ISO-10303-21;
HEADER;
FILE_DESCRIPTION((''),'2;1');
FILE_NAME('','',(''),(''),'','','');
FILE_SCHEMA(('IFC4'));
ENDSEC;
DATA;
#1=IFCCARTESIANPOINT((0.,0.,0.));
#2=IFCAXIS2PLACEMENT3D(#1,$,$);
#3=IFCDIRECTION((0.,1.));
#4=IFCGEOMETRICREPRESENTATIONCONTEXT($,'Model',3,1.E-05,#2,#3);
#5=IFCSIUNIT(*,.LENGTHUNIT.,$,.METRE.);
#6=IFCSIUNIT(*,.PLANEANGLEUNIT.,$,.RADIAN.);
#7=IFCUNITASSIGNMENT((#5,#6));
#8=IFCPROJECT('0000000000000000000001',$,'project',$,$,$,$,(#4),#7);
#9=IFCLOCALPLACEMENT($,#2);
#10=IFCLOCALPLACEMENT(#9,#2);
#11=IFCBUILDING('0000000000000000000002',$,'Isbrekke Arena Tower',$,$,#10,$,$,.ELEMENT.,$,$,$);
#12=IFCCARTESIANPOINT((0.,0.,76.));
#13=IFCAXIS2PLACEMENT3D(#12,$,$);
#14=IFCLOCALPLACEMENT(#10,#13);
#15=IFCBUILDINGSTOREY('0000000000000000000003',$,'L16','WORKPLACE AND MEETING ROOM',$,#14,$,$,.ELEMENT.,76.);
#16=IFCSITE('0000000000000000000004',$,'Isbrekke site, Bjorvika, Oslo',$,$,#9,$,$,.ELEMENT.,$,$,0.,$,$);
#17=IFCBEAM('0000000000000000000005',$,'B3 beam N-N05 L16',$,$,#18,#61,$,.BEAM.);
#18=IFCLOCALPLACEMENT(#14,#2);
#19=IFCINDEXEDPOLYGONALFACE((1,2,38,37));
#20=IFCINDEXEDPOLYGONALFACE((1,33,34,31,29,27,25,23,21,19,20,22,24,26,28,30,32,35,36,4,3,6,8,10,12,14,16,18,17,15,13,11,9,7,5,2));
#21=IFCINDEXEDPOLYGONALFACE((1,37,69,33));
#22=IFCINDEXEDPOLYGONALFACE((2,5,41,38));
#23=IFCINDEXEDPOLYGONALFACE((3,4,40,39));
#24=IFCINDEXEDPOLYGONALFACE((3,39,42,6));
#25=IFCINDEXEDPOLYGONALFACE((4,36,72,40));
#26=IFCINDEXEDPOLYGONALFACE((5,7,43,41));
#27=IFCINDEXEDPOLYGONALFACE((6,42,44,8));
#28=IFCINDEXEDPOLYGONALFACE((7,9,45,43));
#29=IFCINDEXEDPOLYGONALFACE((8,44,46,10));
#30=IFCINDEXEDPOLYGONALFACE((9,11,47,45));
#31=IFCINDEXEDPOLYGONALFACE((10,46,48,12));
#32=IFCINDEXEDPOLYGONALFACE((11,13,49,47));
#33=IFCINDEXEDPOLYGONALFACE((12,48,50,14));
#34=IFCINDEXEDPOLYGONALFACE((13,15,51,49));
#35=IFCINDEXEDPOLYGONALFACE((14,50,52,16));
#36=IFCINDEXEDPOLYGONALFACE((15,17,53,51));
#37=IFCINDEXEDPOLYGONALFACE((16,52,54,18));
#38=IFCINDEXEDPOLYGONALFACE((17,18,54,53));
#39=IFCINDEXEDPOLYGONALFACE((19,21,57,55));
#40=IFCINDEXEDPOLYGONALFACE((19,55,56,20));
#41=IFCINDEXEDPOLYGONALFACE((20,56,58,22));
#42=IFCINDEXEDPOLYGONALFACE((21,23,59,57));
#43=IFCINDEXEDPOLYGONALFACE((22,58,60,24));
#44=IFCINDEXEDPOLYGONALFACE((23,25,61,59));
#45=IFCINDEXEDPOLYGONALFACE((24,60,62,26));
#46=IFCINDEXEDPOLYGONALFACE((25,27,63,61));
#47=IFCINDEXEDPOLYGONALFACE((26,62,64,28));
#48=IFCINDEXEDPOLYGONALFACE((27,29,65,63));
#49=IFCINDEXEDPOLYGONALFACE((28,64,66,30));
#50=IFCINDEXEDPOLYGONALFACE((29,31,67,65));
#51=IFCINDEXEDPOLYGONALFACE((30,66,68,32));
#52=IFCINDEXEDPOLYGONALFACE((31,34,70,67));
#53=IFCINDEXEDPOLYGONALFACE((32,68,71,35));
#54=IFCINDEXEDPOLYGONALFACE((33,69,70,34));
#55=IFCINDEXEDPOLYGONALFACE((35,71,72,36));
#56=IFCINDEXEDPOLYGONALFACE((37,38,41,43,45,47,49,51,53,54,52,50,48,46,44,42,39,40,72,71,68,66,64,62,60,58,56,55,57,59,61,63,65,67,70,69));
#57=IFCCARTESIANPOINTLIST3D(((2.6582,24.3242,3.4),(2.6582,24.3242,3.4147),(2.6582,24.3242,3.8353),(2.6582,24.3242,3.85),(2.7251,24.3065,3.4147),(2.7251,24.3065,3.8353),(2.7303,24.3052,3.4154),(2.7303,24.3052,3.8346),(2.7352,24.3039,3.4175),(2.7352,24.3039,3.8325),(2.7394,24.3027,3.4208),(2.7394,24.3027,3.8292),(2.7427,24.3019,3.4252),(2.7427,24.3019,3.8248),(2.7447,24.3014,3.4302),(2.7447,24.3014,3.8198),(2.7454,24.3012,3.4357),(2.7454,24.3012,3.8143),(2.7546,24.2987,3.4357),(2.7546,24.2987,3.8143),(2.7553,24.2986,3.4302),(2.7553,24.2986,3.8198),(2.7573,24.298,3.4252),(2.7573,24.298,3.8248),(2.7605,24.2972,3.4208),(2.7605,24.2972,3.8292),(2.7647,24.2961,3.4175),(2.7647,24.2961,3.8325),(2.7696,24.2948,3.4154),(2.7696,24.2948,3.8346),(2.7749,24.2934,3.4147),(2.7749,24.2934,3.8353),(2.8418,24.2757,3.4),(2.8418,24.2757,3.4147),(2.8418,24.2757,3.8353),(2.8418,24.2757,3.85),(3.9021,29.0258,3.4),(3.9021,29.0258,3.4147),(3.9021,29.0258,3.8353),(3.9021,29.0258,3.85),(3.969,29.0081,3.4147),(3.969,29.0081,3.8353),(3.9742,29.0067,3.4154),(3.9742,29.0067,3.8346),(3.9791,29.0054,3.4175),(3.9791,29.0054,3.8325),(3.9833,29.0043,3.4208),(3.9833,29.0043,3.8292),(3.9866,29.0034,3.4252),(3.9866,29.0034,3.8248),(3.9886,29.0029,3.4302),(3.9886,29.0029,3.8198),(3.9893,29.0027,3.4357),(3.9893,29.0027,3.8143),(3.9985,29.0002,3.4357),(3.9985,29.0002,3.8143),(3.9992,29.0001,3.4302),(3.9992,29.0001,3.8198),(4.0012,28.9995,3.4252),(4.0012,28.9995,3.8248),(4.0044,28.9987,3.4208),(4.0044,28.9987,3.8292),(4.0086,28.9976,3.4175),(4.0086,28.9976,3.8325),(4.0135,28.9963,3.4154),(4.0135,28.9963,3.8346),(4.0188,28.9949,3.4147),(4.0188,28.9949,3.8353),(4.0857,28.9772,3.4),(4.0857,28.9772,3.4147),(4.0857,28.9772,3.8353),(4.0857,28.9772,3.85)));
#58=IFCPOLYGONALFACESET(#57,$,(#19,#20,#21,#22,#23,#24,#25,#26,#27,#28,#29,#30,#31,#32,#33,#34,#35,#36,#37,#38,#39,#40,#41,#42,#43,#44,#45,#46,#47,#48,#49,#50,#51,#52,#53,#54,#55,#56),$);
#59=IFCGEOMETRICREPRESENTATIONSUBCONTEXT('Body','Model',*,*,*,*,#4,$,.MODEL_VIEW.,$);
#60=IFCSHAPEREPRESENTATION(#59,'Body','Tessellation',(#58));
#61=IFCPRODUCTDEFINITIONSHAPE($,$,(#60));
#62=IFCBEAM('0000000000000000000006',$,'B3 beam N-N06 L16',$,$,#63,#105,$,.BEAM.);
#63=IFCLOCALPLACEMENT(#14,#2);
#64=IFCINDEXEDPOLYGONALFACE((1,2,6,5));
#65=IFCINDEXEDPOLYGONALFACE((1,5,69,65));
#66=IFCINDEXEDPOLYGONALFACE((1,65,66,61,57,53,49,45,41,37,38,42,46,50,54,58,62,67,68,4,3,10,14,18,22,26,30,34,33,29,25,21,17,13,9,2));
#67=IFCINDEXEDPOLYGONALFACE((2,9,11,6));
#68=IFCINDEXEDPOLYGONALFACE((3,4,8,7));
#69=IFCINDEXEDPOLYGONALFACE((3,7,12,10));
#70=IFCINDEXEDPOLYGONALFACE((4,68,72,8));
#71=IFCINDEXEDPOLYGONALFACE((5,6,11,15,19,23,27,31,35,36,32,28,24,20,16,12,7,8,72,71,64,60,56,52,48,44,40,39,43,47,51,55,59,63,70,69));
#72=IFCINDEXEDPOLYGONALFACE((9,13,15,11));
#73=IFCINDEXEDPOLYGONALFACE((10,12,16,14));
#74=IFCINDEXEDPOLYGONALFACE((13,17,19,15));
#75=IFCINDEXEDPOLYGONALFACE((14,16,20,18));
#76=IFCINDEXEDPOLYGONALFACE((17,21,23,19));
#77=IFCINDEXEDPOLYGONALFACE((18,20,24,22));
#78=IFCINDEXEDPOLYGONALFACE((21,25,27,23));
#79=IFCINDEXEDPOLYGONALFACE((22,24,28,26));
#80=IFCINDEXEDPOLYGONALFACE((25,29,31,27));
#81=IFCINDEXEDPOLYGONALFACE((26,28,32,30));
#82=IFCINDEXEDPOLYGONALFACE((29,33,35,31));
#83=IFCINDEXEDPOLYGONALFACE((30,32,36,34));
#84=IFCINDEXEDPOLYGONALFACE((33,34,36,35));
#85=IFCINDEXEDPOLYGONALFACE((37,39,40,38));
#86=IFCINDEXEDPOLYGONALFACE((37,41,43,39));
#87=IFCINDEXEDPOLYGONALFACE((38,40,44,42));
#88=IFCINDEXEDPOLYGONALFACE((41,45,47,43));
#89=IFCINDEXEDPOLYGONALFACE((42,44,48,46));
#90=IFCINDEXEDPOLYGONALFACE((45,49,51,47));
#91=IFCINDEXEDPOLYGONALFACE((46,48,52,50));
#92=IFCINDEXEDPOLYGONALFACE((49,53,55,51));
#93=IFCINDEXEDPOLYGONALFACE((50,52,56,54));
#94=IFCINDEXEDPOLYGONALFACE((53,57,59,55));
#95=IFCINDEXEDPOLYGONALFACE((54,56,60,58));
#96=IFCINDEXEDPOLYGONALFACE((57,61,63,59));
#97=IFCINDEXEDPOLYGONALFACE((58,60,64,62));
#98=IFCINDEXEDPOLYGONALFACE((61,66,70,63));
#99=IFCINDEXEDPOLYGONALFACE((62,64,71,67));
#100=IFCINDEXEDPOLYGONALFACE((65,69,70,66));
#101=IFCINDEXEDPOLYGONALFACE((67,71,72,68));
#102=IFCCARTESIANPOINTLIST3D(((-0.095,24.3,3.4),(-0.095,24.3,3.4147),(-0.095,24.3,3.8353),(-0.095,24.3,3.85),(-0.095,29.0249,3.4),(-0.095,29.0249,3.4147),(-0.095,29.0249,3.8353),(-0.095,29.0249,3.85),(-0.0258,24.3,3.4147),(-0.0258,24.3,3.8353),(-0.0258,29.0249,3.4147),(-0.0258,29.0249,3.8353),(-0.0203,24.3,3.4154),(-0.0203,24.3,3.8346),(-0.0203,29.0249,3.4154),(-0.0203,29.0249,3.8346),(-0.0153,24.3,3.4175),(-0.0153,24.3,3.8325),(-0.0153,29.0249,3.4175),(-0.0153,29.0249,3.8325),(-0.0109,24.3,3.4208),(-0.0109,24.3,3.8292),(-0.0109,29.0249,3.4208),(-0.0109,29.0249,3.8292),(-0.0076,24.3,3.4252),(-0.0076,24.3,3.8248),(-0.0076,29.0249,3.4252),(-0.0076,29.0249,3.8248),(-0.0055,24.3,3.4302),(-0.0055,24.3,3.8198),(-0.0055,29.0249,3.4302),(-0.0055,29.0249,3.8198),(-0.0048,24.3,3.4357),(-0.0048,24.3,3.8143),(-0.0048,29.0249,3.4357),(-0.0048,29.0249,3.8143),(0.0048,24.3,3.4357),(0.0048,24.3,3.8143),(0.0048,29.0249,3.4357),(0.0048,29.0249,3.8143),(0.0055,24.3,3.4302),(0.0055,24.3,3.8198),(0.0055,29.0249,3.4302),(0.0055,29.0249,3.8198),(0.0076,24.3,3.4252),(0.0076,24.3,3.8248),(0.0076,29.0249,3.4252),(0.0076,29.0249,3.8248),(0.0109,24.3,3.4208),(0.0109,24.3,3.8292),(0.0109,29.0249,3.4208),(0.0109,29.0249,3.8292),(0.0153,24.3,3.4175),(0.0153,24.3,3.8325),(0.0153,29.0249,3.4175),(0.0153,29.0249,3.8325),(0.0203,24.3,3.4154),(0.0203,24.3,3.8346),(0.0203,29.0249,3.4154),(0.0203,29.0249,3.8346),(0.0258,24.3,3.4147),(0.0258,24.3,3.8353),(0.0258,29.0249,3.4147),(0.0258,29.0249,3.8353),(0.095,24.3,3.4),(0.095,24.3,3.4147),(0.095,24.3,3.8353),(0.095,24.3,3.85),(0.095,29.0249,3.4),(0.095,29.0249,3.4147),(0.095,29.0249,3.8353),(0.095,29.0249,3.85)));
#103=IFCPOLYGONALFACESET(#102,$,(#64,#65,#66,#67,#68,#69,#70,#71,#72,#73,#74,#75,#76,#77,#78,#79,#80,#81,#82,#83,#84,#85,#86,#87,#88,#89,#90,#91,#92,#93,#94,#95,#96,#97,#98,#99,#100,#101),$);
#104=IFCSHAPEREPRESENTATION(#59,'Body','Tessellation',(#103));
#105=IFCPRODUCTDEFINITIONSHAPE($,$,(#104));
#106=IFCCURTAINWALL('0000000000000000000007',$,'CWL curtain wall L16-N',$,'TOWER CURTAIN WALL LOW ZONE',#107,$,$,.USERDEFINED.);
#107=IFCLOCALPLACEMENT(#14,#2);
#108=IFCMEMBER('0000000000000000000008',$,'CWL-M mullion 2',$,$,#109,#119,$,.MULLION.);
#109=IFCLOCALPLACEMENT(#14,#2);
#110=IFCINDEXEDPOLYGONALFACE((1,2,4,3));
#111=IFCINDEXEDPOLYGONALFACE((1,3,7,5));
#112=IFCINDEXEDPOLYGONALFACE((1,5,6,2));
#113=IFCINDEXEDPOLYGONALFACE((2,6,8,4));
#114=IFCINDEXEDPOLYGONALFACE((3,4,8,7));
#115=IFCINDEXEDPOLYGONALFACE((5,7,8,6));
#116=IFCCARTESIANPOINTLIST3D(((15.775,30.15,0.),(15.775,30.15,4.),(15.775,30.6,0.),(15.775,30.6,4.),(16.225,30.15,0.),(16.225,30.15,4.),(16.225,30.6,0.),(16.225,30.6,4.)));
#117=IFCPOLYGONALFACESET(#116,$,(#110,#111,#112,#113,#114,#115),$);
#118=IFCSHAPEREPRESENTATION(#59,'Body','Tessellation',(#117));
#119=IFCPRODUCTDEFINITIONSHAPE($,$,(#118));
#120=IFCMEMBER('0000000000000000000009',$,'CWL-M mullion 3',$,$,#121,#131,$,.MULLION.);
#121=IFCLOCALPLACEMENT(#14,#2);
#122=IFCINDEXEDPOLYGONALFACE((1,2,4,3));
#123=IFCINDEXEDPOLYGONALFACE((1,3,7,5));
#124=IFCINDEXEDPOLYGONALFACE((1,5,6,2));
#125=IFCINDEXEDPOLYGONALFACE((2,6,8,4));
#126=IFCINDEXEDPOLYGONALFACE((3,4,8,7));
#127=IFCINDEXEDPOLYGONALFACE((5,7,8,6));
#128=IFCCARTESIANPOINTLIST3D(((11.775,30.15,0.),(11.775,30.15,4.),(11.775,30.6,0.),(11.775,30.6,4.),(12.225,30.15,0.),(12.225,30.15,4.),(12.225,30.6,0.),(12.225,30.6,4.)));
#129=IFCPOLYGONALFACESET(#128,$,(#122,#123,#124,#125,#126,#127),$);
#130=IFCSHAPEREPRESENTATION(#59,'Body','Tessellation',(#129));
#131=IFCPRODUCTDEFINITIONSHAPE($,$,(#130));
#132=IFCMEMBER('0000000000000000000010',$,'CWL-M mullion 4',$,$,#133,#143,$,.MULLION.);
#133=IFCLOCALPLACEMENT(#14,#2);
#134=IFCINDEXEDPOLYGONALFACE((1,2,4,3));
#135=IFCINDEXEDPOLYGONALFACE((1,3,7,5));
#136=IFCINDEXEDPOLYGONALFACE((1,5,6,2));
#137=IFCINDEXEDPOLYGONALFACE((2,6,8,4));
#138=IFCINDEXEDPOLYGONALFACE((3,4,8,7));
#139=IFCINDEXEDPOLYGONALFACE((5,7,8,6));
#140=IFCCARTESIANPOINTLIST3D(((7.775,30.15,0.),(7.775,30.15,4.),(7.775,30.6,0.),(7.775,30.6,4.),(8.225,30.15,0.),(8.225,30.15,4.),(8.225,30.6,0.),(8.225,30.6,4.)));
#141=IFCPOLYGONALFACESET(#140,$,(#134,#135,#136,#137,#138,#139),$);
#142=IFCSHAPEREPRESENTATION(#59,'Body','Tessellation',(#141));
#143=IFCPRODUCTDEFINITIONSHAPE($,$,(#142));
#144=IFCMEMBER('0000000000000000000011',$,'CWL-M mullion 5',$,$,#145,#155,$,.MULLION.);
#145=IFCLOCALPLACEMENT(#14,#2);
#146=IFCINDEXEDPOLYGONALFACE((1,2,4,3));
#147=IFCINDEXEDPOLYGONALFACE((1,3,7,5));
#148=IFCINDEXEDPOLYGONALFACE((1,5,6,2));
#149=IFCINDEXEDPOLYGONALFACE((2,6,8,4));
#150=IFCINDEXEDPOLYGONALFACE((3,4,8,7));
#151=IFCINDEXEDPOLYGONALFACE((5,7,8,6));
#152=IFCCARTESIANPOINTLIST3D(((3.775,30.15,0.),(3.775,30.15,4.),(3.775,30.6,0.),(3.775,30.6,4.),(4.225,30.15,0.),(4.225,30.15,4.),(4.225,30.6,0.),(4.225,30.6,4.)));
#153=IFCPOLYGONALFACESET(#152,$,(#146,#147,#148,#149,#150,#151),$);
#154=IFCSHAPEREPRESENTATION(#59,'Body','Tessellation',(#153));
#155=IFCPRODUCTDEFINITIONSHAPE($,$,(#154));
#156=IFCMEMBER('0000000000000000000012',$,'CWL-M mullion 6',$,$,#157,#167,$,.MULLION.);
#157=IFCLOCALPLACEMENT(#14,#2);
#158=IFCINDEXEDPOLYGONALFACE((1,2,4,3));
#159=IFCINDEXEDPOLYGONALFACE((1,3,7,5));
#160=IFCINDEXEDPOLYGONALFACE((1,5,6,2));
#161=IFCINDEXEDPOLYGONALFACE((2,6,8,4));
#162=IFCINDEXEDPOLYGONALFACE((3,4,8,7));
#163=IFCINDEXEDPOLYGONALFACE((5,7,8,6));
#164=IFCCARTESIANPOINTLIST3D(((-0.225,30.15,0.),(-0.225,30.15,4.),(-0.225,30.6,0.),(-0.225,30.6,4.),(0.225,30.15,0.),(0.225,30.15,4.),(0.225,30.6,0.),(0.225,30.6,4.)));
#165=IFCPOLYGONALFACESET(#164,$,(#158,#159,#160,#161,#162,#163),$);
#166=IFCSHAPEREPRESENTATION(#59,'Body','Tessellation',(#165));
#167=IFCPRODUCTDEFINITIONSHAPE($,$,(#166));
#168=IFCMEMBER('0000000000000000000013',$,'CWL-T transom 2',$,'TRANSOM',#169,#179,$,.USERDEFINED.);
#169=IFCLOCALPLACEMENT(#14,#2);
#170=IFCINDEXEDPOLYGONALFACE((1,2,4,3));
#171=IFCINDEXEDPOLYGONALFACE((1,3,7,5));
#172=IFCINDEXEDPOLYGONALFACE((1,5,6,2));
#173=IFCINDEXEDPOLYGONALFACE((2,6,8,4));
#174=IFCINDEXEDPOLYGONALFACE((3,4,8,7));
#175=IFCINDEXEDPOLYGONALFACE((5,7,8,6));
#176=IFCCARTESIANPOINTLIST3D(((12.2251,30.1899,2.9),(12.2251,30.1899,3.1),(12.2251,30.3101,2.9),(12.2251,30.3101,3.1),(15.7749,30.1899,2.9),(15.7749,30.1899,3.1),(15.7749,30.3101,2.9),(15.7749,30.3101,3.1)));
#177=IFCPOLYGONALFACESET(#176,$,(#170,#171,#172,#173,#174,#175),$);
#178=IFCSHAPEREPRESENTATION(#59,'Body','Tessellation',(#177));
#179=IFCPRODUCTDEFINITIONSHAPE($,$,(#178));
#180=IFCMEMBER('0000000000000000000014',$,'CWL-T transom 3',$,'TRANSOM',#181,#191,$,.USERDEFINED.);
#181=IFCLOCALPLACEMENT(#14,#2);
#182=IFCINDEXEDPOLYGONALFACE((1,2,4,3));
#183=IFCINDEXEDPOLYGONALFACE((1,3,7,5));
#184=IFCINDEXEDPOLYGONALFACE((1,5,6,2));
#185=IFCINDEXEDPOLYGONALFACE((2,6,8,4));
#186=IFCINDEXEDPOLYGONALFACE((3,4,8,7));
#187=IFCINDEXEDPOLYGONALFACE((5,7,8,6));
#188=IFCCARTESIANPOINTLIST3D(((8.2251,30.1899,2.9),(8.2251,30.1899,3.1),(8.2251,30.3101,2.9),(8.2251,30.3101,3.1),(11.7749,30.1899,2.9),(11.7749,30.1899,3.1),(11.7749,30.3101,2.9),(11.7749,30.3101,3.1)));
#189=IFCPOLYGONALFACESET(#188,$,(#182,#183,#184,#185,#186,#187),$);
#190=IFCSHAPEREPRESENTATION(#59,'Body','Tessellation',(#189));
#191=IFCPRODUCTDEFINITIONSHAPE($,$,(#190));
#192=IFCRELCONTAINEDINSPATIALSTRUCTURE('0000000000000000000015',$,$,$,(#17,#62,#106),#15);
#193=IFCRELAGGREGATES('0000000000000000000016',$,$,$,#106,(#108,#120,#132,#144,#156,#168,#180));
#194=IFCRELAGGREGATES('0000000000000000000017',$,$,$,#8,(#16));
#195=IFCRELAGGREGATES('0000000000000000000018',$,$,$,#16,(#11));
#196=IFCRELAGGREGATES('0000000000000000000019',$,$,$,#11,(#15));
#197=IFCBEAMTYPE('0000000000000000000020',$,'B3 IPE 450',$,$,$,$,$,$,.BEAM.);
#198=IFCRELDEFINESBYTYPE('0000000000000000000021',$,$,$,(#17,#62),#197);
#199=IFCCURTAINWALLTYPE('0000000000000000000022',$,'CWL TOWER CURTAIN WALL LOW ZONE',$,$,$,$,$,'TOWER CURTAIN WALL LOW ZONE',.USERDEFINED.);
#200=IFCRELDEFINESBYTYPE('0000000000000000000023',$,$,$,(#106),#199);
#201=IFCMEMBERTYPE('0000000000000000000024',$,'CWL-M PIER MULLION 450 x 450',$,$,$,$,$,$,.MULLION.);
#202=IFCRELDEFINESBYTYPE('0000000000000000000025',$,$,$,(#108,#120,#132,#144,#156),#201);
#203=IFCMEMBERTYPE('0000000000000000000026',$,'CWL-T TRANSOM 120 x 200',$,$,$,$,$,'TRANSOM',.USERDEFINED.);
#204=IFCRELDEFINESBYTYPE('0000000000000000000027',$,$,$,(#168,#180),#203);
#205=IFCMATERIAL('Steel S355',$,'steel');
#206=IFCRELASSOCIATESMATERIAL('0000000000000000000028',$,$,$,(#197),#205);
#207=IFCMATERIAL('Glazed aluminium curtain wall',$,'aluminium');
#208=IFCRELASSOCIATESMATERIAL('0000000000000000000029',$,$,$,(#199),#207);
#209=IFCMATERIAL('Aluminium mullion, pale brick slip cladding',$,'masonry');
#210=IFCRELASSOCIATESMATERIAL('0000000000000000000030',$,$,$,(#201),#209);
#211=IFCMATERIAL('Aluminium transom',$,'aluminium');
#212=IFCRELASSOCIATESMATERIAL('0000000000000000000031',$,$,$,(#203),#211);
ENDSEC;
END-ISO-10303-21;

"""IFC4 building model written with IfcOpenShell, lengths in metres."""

from ifc_helpers import new_model, si_unit, direction, frame, origin, origin_2d, place, context, subcontext, project, spatial, rectangle, i_section, extrude, material, material_profile, profile_set, type_object, element, aggregate, save


model = new_model("IFC4")

# Units and contexts
model_context = context("Model", 3, precision=1e-05, world=origin(), true_north=direction((0.0, 1.0)))
body_context = subcontext(model_context, "Body", "Model", "MODEL_VIEW")
ifc_project = project(units=[si_unit("LENGTHUNIT", "METRE"), si_unit("PLANEANGLEUNIT", "RADIAN")], contexts=[model_context])

# Site, building, storey
site_placement = place(None, origin())
site = spatial("IfcSite", under=ifc_project, at=site_placement, Name="Isbrekke site, Bjorvika, Oslo", CompositionType="ELEMENT", RefElevation=0.0)
building_placement = place(site_placement, origin())
building = spatial("IfcBuilding", under=site, at=building_placement, Name="Isbrekke Arena Tower", CompositionType="ELEMENT")
storey_placement = place(building_placement, frame((0.0, 0.0, 76.0)))
storey = spatial("IfcBuildingStorey", under=building, at=storey_placement, Name="L16", Description="WORKPLACE AND MEETING ROOM", CompositionType="ELEMENT", Elevation=76.0)

# Beams
ifc_material_1 = material(Name="Steel S355", Category="steel")
ifc_material_profile_1 = material_profile(ifc_material_1, i_section(OverallWidth=0.1899, OverallDepth=0.45, WebThickness=0.0095, FlangeThickness=0.0146, FilletRadius=0.021, at=origin_2d()), Name="IPE 450")
ifc_profile_set_1 = profile_set([ifc_material_profile_1], Name="Steel S355")
beam_type_1 = type_object("IfcBeamType", Name="B3 IPE 450", PredefinedType="BEAM", material=ifc_profile_set_1)
beam_1_placement = place(storey_placement, frame((3.9939, 29.0015, 3.625), z_axis=(-0.255778, -0.966736, 0.0), x_axis=(0.966736, -0.255778, 0.0)))
element("IfcBeam", 1, at=beam_1_placement, inside=storey, type_object=beam_type_1, Name="B3 beam N-N05 L16", PredefinedType="BEAM", context=body_context, shape_type="SweptSolid", body=[
    extrude(i_section(OverallWidth=0.1899, OverallDepth=0.45, WebThickness=0.0095, FlangeThickness=0.0146, FilletRadius=0.021, at=origin_2d()), origin(), (0.0, 0.0, 1.0), 4.8633),
])
beam_2_placement = place(storey_placement, frame((0.0, 29.0249, 3.625), z_axis=(0.0, -1.0, 0.0), x_axis=(1.0, 0.0, 0.0)))
element("IfcBeam", 2, at=beam_2_placement, inside=storey, type_object=beam_type_1, Name="B3 beam N-N06 L16", PredefinedType="BEAM", context=body_context, shape_type="SweptSolid", body=[
    extrude(i_section(OverallWidth=0.1899, OverallDepth=0.45, WebThickness=0.0095, FlangeThickness=0.0146, FilletRadius=0.021, at=origin_2d()), origin(), (0.0, 0.0, 1.0), 4.7249),
])

# Curtain wall, members
ifc_material_2 = material(Name="Glazed aluminium curtain wall", Category="aluminium")
curtain_wall_type = type_object("IfcCurtainWallType", Name="CWL TOWER CURTAIN WALL LOW ZONE", ElementType="TOWER CURTAIN WALL LOW ZONE", PredefinedType="USERDEFINED", material=ifc_material_2)
curtain_wall_placement = place(storey_placement, origin())
curtain_wall = element("IfcCurtainWall", 3, at=curtain_wall_placement, inside=storey, type_object=curtain_wall_type, Name="CWL curtain wall L16-N", ObjectType="TOWER CURTAIN WALL LOW ZONE", PredefinedType="USERDEFINED")
ifc_material_3 = material(Name="Aluminium mullion, pale brick slip cladding", Category="masonry")
ifc_material_profile_2 = material_profile(ifc_material_3, rectangle(XDim=0.45, YDim=0.45, at=origin_2d()), Name="PIER 450X450")
ifc_profile_set_2 = profile_set([ifc_material_profile_2], Name="Aluminium mullion, pale brick slip cladding")
member_type_1 = type_object("IfcMemberType", Name="CWL-M PIER MULLION 450 x 450", PredefinedType="MULLION", material=ifc_profile_set_2)
member_1_placement = place(storey_placement, frame((16.0, 30.375, 0.0), z_axis=(0.0, 0.0, 1.0), x_axis=(-1.0, 0.0, 0.0)))
member_1 = element("IfcMember", 4, at=member_1_placement, type_object=member_type_1, Name="CWL-M mullion 2", PredefinedType="MULLION", context=body_context, shape_type="SweptSolid", body=[
    extrude(rectangle(XDim=0.45, YDim=0.45, at=origin_2d()), origin(), (0.0, 0.0, 1.0), 4.0),
])
member_2_placement = place(storey_placement, frame((12.0, 30.375, 0.0), z_axis=(0.0, 0.0, 1.0), x_axis=(-1.0, 0.0, 0.0)))
member_2 = element("IfcMember", 5, at=member_2_placement, type_object=member_type_1, Name="CWL-M mullion 3", PredefinedType="MULLION", context=body_context, shape_type="SweptSolid", body=[
    extrude(rectangle(XDim=0.45, YDim=0.45, at=origin_2d()), origin(), (0.0, 0.0, 1.0), 4.0),
])
member_3_placement = place(storey_placement, frame((8.0, 30.375, 0.0), z_axis=(0.0, 0.0, 1.0), x_axis=(-1.0, 0.0, 0.0)))
member_3 = element("IfcMember", 6, at=member_3_placement, type_object=member_type_1, Name="CWL-M mullion 4", PredefinedType="MULLION", context=body_context, shape_type="SweptSolid", body=[
    extrude(rectangle(XDim=0.45, YDim=0.45, at=origin_2d()), origin(), (0.0, 0.0, 1.0), 4.0),
])
member_4_placement = place(storey_placement, frame((4.0, 30.375, 0.0), z_axis=(0.0, 0.0, 1.0), x_axis=(-1.0, 0.0, 0.0)))
member_4 = element("IfcMember", 7, at=member_4_placement, type_object=member_type_1, Name="CWL-M mullion 5", PredefinedType="MULLION", context=body_context, shape_type="SweptSolid", body=[
    extrude(rectangle(XDim=0.45, YDim=0.45, at=origin_2d()), origin(), (0.0, 0.0, 1.0), 4.0),
])
member_5_placement = place(storey_placement, frame((0.0, 30.375, 0.0), z_axis=(0.0, 0.0, 1.0), x_axis=(-1.0, 0.0, 0.0)))
member_5 = element("IfcMember", 8, at=member_5_placement, type_object=member_type_1, Name="CWL-M mullion 6", PredefinedType="MULLION", context=body_context, shape_type="SweptSolid", body=[
    extrude(rectangle(XDim=0.45, YDim=0.45, at=origin_2d()), origin(), (0.0, 0.0, 1.0), 4.0),
])
ifc_material_4 = material(Name="Aluminium transom", Category="aluminium")
ifc_material_profile_3 = material_profile(ifc_material_4, rectangle(XDim=0.1201, YDim=0.2, at=origin_2d()), Name="TRANSOM 120X200")
ifc_profile_set_3 = profile_set([ifc_material_profile_3], Name="Aluminium transom")
member_type_2 = type_object("IfcMemberType", Name="CWL-T TRANSOM 120 x 200", ElementType="TRANSOM", PredefinedType="USERDEFINED", material=ifc_profile_set_3)
member_6_placement = place(storey_placement, frame((15.7749, 30.25, 3.0), z_axis=(-1.0, 0.0, 0.0), x_axis=(0.0, -1.0, 0.0)))
member_6 = element("IfcMember", 9, at=member_6_placement, type_object=member_type_2, Name="CWL-T transom 2", ObjectType="TRANSOM", PredefinedType="USERDEFINED", context=body_context, shape_type="SweptSolid", body=[
    extrude(rectangle(XDim=0.1201, YDim=0.2, at=origin_2d()), origin(), (0.0, 0.0, 1.0), 3.5498),
])
member_7_placement = place(storey_placement, frame((11.7749, 30.25, 3.0), z_axis=(-1.0, 0.0, 0.0), x_axis=(0.0, -1.0, 0.0)))
member_7 = element("IfcMember", 10, at=member_7_placement, type_object=member_type_2, Name="CWL-T transom 3", ObjectType="TRANSOM", PredefinedType="USERDEFINED", context=body_context, shape_type="SweptSolid", body=[
    extrude(rectangle(XDim=0.1201, YDim=0.2, at=origin_2d()), origin(), (0.0, 0.0, 1.0), 3.5498),
])

aggregate(curtain_wall, [member_1, member_2, member_3, member_4, member_5, member_6, member_7])

save(model, "model.ifc")
